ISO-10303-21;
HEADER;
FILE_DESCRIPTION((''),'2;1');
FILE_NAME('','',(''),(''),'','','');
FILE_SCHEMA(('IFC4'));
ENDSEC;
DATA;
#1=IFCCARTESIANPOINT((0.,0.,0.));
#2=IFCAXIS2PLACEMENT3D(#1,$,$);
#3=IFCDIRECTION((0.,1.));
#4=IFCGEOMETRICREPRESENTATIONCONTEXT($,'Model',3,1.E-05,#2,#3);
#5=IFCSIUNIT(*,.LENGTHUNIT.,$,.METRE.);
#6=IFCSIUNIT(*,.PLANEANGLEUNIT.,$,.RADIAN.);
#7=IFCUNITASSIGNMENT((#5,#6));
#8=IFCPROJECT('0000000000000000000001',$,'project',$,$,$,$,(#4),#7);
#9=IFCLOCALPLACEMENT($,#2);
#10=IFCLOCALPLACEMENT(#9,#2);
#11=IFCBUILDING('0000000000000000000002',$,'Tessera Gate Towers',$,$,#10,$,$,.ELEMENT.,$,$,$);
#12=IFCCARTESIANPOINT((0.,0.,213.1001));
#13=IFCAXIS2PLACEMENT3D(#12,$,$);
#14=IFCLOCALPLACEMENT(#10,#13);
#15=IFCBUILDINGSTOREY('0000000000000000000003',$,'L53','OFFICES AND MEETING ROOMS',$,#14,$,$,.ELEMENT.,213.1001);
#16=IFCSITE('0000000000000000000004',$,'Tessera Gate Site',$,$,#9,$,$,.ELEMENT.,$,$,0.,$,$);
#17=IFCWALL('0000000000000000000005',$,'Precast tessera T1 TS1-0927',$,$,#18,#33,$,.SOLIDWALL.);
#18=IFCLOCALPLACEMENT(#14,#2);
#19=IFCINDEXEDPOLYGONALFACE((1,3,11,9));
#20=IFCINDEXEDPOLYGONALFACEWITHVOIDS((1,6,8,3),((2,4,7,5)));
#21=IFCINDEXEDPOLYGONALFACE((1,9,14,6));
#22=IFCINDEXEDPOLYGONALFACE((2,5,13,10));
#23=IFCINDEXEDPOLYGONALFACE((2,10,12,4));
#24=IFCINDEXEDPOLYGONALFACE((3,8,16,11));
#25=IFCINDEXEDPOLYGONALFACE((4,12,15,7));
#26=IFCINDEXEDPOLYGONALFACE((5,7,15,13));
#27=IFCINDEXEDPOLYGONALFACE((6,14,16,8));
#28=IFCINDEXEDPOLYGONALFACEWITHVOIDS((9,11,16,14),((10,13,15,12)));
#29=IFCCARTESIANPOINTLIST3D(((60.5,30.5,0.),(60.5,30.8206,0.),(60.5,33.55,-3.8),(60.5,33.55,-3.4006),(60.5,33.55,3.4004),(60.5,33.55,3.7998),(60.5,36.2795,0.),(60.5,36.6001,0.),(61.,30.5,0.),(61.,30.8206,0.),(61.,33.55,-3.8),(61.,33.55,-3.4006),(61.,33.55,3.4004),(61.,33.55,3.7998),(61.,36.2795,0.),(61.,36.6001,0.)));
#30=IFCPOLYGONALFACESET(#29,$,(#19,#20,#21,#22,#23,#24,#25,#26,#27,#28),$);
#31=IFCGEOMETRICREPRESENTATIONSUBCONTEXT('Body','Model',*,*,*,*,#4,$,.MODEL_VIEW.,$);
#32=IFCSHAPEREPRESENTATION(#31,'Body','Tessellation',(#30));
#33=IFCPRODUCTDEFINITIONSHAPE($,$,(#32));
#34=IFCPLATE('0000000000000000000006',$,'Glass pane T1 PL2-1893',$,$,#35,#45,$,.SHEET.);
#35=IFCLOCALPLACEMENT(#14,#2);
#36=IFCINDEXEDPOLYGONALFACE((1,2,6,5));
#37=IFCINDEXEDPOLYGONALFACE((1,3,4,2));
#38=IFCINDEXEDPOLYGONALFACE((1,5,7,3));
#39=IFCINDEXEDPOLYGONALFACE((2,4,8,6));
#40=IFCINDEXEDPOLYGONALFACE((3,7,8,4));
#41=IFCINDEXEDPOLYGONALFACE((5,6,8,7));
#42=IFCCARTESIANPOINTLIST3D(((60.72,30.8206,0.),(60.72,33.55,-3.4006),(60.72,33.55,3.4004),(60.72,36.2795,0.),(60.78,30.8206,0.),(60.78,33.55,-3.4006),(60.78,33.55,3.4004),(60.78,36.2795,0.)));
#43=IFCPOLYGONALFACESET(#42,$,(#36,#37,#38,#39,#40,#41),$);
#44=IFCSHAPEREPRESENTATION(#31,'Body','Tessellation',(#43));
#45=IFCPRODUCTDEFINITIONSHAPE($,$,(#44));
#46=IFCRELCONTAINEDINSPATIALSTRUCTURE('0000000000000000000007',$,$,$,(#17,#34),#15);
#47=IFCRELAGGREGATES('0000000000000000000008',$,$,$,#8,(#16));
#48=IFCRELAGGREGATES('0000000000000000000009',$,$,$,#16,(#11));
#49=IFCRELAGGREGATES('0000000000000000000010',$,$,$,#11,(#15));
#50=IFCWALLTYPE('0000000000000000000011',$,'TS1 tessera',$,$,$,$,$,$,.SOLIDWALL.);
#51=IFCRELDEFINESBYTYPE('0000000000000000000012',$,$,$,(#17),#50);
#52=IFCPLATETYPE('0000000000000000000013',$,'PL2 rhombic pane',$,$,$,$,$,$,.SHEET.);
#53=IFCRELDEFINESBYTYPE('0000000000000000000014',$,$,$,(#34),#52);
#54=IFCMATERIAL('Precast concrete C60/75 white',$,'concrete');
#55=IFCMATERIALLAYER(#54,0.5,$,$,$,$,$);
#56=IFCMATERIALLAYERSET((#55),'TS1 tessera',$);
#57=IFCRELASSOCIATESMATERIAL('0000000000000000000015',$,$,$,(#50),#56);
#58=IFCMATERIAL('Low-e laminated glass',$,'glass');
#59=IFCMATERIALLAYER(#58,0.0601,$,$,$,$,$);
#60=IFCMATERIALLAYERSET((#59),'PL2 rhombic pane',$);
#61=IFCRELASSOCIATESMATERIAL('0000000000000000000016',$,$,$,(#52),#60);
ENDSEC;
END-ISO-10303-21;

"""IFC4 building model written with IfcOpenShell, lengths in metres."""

from ifc_helpers import new_model, si_unit, direction, frame, origin, place, context, subcontext, project, spatial, polyline, outline, extrude, source, transform, mapped, material, layer, layer_set, type_object, element, fill, save


model = new_model("IFC4")

# Units and contexts
model_context = context("Model", 3, precision=1e-05, world=origin(), true_north=direction((0.0, 1.0)))
body_context = subcontext(model_context, "Body", "Model", "MODEL_VIEW")
ifc_project = project(units=[si_unit("LENGTHUNIT", "METRE"), si_unit("PLANEANGLEUNIT", "RADIAN")], contexts=[model_context])

# Site, building, storey
site_placement = place(None, origin())
site = spatial("IfcSite", under=ifc_project, at=site_placement, Name="Tessera Gate Site", CompositionType="ELEMENT", RefElevation=0.0)
building_placement = place(site_placement, origin())
building = spatial("IfcBuilding", under=site, at=building_placement, Name="Tessera Gate Towers", CompositionType="ELEMENT")
storey_placement = place(building_placement, frame((0.0, 0.0, 213.1001)))
storey = spatial("IfcBuildingStorey", under=building, at=storey_placement, Name="L53", Description="OFFICES AND MEETING ROOMS", CompositionType="ELEMENT", Elevation=213.1001)

# Wall, opening, plate
ifc_material_1 = material(Name="Precast concrete C60/75 white", Category="concrete")
ifc_layer_1 = layer(ifc_material_1, 0.5)
ifc_layer_set_1 = layer_set([ifc_layer_1], Name="TS1 tessera")
wall_type_1 = type_object("IfcWallType", Name="TS1 tessera", PredefinedType="SOLIDWALL", material=ifc_layer_set_1)
shared_shape_1 = source(origin(), body_context, "Body", "SweptSolid", [
    extrude(outline(polyline([(3.05, 0.0), (6.1001, 3.8), (3.05, 7.5999), (0.0, 3.8), (3.05, 0.0)])), frame((0.0, 0.25, 0.0), z_axis=(0.0, -1.0, 0.0), x_axis=(1.0, 0.0, 0.0)), (0.0, 0.0, 1.0), 0.5),
])
shared_shape_2 = source(origin(), body_context, "Body", "SweptSolid", [
    extrude(outline(polyline([(3.05, 0.3994), (5.7795, 3.8), (3.05, 7.2004), (0.3206, 3.8), (3.05, 0.3994)])), frame((0.0, 0.26, 0.0), z_axis=(0.0, -1.0, 0.0), x_axis=(1.0, 0.0, 0.0)), (0.0, 0.0, 1.0), 0.52),
])
ifc_material_2 = material(Name="Low-e laminated glass", Category="glass")
ifc_layer_2 = layer(ifc_material_2, 0.0601)
ifc_layer_set_2 = layer_set([ifc_layer_2], Name="PL2 rhombic pane")
plate_type = type_object("IfcPlateType", Name="PL2 rhombic pane", PredefinedType="SHEET", material=ifc_layer_set_2)
shared_shape_3 = source(origin(), body_context, "Body", "SweptSolid", [
    extrude(outline(polyline([(3.05, 0.3994), (5.7795, 3.8), (3.05, 7.2004), (0.3206, 3.8), (3.05, 0.3994)])), frame((0.0, 0.03, 0.0), z_axis=(0.0, -1.0, 0.0), x_axis=(1.0, 0.0, 0.0)), (0.0, 0.0, 1.0), 0.0601),
])
wall_1_placement = place(storey_placement, frame((60.75, 30.5, -3.8), z_axis=(0.0, 0.0, 1.0), x_axis=(0.0, 1.0, 0.0)))
wall_1 = element("IfcWall", 1, at=wall_1_placement, inside=storey, type_object=wall_type_1, Name="Precast tessera T1 TS1-0927", PredefinedType="SOLIDWALL", context=body_context, shape_type="MappedRepresentation", body=[
    mapped(shared_shape_1, transform((0.0, 0.0, 0.0), scale=1.0)),
])
opening_1_placement = place(wall_1_placement, origin())
opening_1 = element("IfcOpeningElement", 2, at=opening_1_placement, cuts=wall_1, PredefinedType="OPENING", context=body_context, shape_type="MappedRepresentation", body=[
    mapped(shared_shape_2, transform((0.0, 0.0, 0.0), scale=1.0)),
])
plate_1_placement = place(opening_1_placement, origin())
plate_1 = element("IfcPlate", 3, at=plate_1_placement, inside=storey, type_object=plate_type, Name="Glass pane T1 PL2-1893", PredefinedType="SHEET", context=body_context, shape_type="MappedRepresentation", body=[
    mapped(shared_shape_3, transform((0.0, 0.0, 0.0), scale=1.0)),
])
fill(opening_1, plate_1)

save(model, "model.ifc")
